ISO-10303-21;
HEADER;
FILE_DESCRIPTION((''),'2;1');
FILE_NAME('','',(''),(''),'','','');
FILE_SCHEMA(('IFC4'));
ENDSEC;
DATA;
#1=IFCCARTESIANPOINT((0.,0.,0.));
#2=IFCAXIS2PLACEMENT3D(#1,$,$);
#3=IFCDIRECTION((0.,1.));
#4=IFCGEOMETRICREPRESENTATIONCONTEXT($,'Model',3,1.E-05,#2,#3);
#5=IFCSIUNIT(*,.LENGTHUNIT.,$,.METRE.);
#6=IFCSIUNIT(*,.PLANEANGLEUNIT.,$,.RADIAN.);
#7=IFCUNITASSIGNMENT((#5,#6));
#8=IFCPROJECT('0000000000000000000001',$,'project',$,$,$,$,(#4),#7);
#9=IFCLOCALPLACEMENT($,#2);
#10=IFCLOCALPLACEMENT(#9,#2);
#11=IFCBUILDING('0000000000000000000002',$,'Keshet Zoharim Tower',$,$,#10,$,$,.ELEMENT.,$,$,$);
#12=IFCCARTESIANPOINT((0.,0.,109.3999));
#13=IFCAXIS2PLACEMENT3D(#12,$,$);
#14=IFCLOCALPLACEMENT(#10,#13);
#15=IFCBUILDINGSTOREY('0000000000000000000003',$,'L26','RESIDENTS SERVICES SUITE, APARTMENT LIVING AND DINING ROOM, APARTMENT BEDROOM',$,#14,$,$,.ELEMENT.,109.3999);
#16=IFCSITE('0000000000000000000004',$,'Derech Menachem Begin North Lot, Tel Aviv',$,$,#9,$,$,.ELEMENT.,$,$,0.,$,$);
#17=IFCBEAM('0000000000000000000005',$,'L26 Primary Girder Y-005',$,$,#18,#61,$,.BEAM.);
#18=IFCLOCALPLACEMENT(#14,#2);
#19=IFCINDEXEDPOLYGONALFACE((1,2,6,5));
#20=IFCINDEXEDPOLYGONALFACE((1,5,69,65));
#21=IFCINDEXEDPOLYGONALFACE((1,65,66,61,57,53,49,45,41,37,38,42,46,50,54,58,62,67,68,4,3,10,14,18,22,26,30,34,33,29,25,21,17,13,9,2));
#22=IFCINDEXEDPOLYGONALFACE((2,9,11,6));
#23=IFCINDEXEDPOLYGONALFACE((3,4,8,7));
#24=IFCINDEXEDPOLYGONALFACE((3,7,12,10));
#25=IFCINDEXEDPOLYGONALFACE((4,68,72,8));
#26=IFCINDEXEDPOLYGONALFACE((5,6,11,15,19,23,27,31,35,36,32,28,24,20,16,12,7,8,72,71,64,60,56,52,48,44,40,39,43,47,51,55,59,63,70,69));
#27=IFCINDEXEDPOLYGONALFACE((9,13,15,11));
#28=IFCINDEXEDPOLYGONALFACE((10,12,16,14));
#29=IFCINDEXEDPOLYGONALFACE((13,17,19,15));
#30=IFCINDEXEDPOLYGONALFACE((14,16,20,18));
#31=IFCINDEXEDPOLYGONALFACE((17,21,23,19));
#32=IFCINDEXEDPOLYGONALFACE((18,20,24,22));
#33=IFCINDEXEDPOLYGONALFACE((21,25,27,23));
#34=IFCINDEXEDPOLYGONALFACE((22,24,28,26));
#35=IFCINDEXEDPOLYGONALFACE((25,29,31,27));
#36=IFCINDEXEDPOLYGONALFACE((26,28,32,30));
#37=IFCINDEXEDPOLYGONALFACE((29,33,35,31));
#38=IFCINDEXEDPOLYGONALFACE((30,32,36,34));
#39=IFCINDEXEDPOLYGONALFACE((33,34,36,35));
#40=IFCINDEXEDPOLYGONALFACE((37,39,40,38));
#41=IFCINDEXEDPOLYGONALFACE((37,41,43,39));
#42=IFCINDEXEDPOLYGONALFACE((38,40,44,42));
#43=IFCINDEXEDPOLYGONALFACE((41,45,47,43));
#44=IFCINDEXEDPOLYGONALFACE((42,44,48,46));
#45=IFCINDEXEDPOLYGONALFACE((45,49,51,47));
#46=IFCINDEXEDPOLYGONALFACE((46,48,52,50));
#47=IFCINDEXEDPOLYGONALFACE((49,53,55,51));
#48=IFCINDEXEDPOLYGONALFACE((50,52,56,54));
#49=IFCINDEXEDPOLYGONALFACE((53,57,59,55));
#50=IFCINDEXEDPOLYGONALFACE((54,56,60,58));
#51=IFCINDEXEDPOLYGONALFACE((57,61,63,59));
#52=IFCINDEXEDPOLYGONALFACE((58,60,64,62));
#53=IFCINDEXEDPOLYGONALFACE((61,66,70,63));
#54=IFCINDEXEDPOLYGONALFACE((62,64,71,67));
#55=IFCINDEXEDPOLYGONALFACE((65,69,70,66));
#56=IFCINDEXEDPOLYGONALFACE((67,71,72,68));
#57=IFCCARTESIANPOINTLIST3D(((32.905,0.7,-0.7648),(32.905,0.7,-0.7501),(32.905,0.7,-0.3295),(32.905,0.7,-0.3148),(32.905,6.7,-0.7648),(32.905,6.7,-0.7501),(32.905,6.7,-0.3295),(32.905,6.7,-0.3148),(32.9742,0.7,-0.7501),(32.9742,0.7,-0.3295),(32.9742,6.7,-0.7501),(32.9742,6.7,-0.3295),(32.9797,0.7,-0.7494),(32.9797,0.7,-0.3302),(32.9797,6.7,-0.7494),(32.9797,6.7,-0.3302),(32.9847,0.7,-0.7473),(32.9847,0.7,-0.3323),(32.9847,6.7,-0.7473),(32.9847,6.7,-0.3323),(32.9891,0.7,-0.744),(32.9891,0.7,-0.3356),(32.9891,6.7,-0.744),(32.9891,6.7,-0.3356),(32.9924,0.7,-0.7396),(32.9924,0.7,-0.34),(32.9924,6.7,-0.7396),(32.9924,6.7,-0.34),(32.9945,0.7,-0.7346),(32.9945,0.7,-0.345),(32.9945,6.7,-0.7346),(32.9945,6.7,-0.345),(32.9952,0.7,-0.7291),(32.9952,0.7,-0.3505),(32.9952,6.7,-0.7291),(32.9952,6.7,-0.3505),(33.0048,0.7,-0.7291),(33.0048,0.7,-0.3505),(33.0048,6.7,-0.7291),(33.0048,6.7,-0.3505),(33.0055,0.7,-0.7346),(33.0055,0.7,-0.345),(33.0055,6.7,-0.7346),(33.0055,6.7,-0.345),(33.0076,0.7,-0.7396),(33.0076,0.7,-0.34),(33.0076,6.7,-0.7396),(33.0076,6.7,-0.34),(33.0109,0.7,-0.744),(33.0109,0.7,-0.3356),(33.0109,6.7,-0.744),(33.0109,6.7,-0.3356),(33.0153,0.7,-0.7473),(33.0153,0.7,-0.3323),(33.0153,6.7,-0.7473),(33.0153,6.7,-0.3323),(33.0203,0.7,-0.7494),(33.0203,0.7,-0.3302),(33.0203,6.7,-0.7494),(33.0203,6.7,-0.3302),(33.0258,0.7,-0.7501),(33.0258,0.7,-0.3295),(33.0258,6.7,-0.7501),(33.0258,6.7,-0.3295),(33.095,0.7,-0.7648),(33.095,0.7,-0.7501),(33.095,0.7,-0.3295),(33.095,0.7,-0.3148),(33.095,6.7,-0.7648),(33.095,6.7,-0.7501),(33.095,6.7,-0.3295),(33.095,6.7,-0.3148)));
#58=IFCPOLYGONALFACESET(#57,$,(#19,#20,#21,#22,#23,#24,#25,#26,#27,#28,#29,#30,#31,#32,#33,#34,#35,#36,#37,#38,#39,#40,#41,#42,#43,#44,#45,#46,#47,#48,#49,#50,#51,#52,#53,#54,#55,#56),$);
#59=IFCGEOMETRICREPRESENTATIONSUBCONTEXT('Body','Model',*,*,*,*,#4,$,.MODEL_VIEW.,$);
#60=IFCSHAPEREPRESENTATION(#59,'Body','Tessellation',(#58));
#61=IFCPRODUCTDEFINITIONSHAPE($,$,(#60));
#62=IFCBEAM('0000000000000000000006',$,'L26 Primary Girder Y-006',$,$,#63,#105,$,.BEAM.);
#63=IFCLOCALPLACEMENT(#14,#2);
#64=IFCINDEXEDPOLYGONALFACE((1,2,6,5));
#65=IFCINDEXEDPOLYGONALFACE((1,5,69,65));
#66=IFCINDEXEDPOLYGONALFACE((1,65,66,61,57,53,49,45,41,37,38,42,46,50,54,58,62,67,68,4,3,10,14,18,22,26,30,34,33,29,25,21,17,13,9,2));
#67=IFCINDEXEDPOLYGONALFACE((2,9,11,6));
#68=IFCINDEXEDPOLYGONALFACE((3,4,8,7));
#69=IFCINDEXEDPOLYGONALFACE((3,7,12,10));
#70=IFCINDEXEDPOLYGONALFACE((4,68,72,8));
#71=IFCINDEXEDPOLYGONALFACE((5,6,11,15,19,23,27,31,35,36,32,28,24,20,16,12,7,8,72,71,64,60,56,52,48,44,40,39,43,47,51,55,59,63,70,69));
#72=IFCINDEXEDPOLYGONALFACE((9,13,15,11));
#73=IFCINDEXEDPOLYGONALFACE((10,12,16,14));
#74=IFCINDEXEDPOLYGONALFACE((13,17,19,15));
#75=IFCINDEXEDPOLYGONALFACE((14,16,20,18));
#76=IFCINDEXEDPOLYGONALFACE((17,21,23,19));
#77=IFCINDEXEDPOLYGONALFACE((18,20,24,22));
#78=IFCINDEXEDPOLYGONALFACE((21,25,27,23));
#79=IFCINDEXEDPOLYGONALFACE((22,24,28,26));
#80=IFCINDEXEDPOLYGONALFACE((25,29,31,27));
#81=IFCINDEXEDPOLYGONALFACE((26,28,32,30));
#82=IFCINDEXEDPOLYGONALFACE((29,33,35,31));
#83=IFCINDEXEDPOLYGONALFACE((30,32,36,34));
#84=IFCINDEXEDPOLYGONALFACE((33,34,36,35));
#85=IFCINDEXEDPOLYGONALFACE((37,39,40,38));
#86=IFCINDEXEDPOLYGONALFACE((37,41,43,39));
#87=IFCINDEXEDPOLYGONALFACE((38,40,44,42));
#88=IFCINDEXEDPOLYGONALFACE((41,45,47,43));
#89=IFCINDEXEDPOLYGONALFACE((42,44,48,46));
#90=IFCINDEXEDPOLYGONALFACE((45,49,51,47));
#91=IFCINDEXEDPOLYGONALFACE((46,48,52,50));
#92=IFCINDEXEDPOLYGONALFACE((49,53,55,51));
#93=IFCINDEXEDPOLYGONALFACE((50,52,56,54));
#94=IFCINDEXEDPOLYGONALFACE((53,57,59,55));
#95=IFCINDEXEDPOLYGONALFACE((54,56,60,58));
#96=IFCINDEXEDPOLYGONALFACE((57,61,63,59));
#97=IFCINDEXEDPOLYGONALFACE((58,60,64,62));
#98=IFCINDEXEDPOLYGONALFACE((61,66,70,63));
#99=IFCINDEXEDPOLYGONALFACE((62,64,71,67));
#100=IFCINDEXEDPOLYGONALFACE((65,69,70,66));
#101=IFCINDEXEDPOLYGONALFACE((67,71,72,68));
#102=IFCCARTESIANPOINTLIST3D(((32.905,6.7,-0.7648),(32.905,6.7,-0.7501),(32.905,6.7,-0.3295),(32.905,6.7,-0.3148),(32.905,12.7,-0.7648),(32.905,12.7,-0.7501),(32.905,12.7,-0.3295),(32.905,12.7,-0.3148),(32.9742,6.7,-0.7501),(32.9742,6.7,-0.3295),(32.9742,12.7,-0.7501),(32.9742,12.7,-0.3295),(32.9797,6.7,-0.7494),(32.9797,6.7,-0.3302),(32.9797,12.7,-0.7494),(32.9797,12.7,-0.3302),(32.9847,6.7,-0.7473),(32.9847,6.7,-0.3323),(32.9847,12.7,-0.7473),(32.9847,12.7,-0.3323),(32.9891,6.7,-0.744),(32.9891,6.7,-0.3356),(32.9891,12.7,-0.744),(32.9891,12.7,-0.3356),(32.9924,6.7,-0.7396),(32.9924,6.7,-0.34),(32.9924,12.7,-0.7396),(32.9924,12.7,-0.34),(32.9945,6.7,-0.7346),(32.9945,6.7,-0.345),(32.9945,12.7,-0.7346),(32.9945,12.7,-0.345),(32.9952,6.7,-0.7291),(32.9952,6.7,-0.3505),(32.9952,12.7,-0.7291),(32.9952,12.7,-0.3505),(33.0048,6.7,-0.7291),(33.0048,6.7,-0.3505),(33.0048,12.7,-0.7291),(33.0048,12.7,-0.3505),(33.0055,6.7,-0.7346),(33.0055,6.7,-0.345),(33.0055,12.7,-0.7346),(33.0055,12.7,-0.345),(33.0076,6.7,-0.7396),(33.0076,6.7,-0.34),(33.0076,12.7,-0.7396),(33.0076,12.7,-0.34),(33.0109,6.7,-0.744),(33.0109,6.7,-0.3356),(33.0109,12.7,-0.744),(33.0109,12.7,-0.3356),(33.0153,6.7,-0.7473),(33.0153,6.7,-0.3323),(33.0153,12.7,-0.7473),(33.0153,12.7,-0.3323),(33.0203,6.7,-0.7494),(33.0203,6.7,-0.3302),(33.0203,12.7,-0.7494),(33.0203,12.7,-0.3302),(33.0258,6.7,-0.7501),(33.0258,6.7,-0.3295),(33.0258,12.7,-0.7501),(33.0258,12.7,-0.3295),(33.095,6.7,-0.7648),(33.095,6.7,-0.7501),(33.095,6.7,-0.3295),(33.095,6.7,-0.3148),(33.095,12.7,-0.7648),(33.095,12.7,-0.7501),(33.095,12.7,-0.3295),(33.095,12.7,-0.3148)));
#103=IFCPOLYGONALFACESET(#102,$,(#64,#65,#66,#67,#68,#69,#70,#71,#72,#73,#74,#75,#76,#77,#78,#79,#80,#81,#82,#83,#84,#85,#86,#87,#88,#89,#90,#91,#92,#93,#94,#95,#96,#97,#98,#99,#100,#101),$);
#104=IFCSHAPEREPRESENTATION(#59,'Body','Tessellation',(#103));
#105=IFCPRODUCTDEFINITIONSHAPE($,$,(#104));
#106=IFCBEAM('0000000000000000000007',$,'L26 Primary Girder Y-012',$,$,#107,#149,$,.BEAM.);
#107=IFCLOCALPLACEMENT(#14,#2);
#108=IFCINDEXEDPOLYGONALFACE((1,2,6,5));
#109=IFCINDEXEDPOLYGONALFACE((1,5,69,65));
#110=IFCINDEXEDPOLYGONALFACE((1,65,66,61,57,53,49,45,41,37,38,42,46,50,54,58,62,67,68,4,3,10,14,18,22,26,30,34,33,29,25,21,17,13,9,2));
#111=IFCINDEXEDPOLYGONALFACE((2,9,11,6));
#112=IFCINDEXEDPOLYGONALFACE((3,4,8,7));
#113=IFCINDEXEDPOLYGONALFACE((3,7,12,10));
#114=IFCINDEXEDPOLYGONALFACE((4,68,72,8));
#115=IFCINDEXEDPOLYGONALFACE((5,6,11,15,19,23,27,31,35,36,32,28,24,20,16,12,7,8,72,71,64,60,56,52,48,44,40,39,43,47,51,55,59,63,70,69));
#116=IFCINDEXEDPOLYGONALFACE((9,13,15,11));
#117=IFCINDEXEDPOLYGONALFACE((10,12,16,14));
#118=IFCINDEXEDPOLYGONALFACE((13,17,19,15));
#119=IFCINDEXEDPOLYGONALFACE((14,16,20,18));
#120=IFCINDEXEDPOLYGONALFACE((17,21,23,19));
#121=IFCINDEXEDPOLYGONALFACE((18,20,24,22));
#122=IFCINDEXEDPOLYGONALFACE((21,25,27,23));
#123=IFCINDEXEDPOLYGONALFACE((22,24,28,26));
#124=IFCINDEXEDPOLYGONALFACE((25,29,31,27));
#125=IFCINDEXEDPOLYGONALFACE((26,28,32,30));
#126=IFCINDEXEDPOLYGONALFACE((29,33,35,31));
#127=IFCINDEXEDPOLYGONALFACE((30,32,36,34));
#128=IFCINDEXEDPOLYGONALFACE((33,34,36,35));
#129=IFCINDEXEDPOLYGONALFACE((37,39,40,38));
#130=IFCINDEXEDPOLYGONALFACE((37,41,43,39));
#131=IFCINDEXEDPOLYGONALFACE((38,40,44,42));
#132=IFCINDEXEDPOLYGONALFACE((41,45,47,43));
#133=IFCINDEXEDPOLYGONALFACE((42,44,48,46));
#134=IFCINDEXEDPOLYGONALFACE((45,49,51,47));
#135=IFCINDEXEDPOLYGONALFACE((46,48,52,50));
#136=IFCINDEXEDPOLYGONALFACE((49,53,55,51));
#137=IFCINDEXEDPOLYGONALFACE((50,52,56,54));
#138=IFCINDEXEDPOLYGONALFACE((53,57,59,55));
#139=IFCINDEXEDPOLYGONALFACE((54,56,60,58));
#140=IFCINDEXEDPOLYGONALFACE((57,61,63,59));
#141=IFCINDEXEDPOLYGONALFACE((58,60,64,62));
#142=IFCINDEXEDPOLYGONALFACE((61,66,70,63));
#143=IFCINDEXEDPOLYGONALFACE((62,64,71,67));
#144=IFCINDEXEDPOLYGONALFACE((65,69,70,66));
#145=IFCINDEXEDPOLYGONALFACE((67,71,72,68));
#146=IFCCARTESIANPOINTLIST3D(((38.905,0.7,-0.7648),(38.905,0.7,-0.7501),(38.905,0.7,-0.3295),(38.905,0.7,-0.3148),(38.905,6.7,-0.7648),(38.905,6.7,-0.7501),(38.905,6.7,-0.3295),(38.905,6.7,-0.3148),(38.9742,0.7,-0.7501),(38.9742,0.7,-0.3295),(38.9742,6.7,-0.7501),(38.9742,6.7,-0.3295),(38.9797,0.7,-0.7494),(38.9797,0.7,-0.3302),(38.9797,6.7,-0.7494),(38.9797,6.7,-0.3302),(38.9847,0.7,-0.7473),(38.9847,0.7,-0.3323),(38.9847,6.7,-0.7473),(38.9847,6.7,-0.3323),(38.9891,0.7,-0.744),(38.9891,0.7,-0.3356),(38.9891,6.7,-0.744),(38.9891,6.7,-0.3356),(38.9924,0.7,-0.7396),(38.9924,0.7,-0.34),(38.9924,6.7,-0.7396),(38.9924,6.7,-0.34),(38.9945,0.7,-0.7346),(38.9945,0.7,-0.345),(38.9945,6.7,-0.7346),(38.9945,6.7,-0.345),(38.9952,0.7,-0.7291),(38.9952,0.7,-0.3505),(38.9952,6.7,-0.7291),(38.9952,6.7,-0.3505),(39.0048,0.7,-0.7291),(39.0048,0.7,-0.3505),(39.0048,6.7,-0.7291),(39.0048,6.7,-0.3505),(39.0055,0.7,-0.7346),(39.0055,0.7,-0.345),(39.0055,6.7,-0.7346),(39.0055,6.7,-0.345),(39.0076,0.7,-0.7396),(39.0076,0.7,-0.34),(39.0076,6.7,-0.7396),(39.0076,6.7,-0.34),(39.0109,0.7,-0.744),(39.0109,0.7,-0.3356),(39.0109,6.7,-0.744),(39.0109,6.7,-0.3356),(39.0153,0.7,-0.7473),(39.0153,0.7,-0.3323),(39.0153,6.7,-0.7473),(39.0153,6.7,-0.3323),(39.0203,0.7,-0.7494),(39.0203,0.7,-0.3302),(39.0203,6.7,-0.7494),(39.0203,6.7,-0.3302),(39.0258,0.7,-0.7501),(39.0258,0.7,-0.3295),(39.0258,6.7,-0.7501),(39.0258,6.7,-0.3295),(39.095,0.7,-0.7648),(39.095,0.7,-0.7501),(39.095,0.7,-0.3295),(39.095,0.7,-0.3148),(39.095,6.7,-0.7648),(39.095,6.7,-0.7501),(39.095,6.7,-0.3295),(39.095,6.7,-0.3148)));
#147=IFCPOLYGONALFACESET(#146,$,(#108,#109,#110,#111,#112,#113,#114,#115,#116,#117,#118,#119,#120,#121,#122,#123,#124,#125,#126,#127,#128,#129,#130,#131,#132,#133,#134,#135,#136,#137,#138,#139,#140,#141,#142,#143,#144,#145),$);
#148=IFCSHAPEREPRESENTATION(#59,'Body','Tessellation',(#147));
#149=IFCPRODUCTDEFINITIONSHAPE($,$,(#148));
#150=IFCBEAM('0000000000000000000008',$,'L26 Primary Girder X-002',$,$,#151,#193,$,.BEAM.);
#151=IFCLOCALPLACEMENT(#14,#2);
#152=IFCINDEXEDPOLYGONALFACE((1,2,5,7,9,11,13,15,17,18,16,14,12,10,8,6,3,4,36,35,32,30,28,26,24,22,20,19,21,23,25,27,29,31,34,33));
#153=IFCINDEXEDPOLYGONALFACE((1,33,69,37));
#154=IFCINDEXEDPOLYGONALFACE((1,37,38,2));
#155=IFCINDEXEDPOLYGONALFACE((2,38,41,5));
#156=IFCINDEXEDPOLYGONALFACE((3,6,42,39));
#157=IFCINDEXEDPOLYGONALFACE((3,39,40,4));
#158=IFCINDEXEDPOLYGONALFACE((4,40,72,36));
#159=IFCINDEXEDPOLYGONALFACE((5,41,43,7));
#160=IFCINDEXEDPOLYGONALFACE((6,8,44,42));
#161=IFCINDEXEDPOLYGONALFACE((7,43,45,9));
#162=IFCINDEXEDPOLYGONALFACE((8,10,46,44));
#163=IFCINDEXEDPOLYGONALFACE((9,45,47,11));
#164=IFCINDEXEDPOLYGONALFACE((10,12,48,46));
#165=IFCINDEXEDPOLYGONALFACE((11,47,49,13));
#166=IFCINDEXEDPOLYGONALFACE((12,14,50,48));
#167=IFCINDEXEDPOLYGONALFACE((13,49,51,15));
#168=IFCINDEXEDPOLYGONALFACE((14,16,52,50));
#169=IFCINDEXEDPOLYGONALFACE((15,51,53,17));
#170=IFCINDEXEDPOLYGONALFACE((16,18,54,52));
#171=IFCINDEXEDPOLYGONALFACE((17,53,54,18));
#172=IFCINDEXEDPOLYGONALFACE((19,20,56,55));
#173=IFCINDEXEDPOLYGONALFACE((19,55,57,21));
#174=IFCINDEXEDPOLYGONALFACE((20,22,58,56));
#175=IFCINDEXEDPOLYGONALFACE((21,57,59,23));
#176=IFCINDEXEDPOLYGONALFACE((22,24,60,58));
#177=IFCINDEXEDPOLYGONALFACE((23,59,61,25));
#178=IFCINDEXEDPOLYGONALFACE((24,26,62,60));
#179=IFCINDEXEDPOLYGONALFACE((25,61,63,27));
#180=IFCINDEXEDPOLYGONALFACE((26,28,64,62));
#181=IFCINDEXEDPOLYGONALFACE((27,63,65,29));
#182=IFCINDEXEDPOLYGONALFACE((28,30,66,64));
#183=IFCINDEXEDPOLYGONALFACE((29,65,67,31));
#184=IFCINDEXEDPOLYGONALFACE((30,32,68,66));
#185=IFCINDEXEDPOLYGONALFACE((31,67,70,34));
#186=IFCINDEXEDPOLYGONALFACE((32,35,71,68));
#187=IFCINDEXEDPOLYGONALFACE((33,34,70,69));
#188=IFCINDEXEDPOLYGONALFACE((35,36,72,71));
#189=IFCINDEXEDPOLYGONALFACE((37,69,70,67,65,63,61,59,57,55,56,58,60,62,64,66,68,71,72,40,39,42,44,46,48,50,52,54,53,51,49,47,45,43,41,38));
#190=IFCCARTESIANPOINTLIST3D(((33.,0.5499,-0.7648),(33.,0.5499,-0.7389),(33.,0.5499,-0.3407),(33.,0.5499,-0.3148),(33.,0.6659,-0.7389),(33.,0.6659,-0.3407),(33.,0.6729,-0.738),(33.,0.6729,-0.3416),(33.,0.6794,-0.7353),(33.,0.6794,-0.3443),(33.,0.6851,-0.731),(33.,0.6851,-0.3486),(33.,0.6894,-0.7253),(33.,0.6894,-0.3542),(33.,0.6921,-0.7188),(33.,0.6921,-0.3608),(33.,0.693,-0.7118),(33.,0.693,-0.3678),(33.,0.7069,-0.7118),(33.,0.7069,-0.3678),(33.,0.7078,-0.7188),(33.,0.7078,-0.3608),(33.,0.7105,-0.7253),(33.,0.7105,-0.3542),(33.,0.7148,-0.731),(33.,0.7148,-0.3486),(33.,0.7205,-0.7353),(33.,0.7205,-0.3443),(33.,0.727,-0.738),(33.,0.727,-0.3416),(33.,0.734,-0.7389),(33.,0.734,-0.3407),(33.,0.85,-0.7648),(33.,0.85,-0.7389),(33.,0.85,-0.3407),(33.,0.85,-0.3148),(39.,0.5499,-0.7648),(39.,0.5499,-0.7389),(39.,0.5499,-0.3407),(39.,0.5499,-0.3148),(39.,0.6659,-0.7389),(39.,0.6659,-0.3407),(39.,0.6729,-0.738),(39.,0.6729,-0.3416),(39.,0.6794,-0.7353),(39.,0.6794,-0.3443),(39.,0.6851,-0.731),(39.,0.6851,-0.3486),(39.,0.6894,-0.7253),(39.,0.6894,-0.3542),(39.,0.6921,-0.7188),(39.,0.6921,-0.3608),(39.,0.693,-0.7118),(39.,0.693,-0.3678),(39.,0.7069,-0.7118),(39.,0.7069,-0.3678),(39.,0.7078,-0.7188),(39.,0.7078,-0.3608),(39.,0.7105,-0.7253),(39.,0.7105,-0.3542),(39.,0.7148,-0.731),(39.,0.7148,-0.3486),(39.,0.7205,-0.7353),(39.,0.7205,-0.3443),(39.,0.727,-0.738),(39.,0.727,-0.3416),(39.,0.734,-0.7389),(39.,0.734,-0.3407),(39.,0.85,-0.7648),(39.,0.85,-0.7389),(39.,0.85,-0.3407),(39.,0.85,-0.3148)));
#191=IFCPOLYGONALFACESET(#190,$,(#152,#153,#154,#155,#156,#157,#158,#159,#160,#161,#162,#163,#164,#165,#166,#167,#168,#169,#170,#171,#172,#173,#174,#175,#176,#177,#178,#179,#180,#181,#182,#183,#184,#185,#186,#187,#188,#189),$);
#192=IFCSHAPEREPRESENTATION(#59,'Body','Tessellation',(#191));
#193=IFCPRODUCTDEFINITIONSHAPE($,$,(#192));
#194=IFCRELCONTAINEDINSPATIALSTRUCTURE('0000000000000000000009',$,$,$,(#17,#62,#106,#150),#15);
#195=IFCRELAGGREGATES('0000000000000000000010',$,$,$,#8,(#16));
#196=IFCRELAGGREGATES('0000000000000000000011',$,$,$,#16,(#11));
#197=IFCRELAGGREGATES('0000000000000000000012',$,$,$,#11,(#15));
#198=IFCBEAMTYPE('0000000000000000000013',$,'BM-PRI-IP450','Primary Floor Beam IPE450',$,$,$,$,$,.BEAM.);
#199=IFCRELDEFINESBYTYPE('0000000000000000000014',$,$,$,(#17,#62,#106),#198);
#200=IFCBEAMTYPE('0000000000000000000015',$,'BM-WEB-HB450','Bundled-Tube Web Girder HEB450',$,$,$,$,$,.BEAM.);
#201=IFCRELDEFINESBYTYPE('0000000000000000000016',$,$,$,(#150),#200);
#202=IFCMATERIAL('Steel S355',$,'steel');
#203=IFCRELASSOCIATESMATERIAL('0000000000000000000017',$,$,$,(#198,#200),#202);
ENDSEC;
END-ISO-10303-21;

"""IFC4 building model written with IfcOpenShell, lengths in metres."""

from ifc_helpers import new_model, si_unit, direction, frame, origin, origin_2d, place, context, subcontext, project, spatial, i_section, extrude, material, material_profile, profile_set, type_object, element, save


model = new_model("IFC4")

# Units and contexts
model_context = context("Model", 3, precision=1e-05, world=origin(), true_north=direction((0.0, 1.0)))
body_context = subcontext(model_context, "Body", "Model", "MODEL_VIEW")
ifc_project = project(units=[si_unit("LENGTHUNIT", "METRE"), si_unit("PLANEANGLEUNIT", "RADIAN")], contexts=[model_context])

# Site, building, storey
site_placement = place(None, origin())
site = spatial("IfcSite", under=ifc_project, at=site_placement, Name="Derech Menachem Begin North Lot, Tel Aviv", CompositionType="ELEMENT", RefElevation=0.0)
building_placement = place(site_placement, origin())
building = spatial("IfcBuilding", under=site, at=building_placement, Name="Keshet Zoharim Tower", CompositionType="ELEMENT")
storey_placement = place(building_placement, frame((0.0, 0.0, 109.3999)))
storey = spatial("IfcBuildingStorey", under=building, at=storey_placement, Name="L26", Description="RESIDENTS SERVICES SUITE, APARTMENT LIVING AND DINING ROOM, APARTMENT BEDROOM", CompositionType="ELEMENT", Elevation=109.3999)

# Shared definitions
ifc_material_1 = material(Name="Steel S355", Category="steel")

# Beams
ifc_material_profile_1 = material_profile(ifc_material_1, i_section(OverallWidth=0.1899, OverallDepth=0.45, WebThickness=0.0095, FlangeThickness=0.0146, FilletRadius=0.021, at=origin_2d()), Name="IPE450")
ifc_profile_set_1 = profile_set([ifc_material_profile_1], Name="Steel S355")
beam_type_1 = type_object("IfcBeamType", Name="BM-PRI-IP450", Description="Primary Floor Beam IPE450", PredefinedType="BEAM", material=ifc_profile_set_1)
for number, where, z_axis, x_axis, name in (
    (1, (33.0, 0.7, -0.5398), (0.0, 1.0, 0.0), (-1.0, 0.0, 0.0), "L26 Primary Girder Y-005"),
    (2, (33.0, 6.7, -0.5398), (0.0, 1.0, 0.0), (-1.0, 0.0, 0.0), "L26 Primary Girder Y-006"),
    (3, (39.0, 0.7, -0.5398), (0.0, 1.0, 0.0), (-1.0, 0.0, 0.0), "L26 Primary Girder Y-012"),
):
    element("IfcBeam", number, at=place(storey_placement, frame(where, z_axis=z_axis, x_axis=x_axis)), inside=storey, type_object=beam_type_1, Name=name, PredefinedType="BEAM", context=body_context, shape_type="SweptSolid", body=[
        extrude(i_section(OverallWidth=0.1899, OverallDepth=0.45, WebThickness=0.0095, FlangeThickness=0.0146, FilletRadius=0.021, at=origin_2d()), origin(), (0.0, 0.0, 1.0), 6.0),
    ])
ifc_material_profile_2 = material_profile(ifc_material_1, i_section(OverallWidth=0.3, OverallDepth=0.45, WebThickness=0.0139, FlangeThickness=0.0259, FilletRadius=0.0271, at=origin_2d()), Name="HEB450")
ifc_profile_set_2 = profile_set([ifc_material_profile_2], Name="Steel S355")
beam_type_2 = type_object("IfcBeamType", Name="BM-WEB-HB450", Description="Bundled-Tube Web Girder HEB450", PredefinedType="BEAM", material=ifc_profile_set_2)
for number, where, z_axis, x_axis, name in (
    (4, (33.0, 0.7, -0.5398), (1.0, 0.0, 0.0), (0.0, 1.0, 0.0), "L26 Primary Girder X-002"),
):
    element("IfcBeam", number, at=place(storey_placement, frame(where, z_axis=z_axis, x_axis=x_axis)), inside=storey, type_object=beam_type_2, Name=name, PredefinedType="BEAM", context=body_context, shape_type="SweptSolid", body=[
        extrude(i_section(OverallWidth=0.3, OverallDepth=0.45, WebThickness=0.0139, FlangeThickness=0.0259, FilletRadius=0.0271, at=origin_2d()), origin(), (0.0, 0.0, 1.0), 6.0),
    ])

save(model, "model.ifc")
